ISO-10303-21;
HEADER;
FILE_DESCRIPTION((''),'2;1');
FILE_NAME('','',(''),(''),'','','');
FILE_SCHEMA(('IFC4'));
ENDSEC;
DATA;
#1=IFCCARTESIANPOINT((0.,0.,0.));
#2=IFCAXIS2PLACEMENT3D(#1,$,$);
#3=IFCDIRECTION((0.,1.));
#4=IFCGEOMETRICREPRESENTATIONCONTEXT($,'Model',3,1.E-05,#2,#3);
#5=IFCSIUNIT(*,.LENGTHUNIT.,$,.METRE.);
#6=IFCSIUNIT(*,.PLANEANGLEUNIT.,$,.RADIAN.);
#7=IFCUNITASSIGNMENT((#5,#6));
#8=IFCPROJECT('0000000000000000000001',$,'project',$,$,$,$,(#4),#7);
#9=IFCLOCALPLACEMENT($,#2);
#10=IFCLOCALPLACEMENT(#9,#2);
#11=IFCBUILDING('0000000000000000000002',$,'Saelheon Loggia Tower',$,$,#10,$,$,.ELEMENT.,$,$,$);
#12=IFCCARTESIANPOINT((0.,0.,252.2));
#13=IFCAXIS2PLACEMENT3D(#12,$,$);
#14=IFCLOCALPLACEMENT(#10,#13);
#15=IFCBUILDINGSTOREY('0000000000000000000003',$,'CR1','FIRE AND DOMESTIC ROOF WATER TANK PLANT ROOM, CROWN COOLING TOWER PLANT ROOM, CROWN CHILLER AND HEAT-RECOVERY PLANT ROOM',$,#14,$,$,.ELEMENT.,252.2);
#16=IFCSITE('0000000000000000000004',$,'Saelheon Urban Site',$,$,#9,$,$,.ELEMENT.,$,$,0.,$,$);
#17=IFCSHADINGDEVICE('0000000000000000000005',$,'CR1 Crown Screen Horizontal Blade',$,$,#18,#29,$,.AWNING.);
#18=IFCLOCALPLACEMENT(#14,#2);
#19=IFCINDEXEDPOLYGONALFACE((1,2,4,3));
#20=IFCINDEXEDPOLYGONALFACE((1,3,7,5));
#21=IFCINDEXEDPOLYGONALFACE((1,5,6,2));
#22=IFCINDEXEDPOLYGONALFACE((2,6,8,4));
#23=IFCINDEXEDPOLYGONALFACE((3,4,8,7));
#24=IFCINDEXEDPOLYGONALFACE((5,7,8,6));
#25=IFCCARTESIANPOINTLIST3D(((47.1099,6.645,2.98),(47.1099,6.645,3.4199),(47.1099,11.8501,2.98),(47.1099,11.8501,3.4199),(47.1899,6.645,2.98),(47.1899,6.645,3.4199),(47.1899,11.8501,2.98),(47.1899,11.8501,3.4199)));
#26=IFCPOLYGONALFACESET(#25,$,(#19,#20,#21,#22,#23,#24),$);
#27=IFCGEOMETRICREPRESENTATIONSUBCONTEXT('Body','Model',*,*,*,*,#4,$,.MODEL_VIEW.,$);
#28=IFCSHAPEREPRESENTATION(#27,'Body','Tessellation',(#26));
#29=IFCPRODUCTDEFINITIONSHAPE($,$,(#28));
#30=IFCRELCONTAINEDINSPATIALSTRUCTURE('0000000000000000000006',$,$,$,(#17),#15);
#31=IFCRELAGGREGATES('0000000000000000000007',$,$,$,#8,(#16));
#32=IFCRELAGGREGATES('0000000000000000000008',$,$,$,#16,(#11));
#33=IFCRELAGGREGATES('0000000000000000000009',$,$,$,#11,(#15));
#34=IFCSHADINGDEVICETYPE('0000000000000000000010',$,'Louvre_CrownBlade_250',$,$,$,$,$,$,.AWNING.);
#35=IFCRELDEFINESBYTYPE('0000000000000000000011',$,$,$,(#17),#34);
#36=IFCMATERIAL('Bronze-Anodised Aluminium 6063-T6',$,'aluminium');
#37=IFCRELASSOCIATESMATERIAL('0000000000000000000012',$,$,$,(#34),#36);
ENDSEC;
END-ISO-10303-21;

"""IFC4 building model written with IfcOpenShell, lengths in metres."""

from ifc_helpers import new_model, si_unit, direction, frame, origin, origin_2d, place, context, subcontext, project, spatial, rectangle, extrude, source, transform, mapped, material, material_profile, profile_set, type_object, element, save


model = new_model("IFC4")

# Units and contexts
model_context = context("Model", 3, precision=1e-05, world=origin(), true_north=direction((0.0, 1.0)))
body_context = subcontext(model_context, "Body", "Model", "MODEL_VIEW")
ifc_project = project(units=[si_unit("LENGTHUNIT", "METRE"), si_unit("PLANEANGLEUNIT", "RADIAN")], contexts=[model_context])

# Site, building, storey
site_placement = place(None, origin())
site = spatial("IfcSite", under=ifc_project, at=site_placement, Name="Saelheon Urban Site", CompositionType="ELEMENT", RefElevation=0.0)
building_placement = place(site_placement, origin())
building = spatial("IfcBuilding", under=site, at=building_placement, Name="Saelheon Loggia Tower", CompositionType="ELEMENT")
storey_placement = place(building_placement, frame((0.0, 0.0, 252.2)))
storey = spatial("IfcBuildingStorey", under=building, at=storey_placement, Name="CR1", Description="FIRE AND DOMESTIC ROOF WATER TANK PLANT ROOM, CROWN COOLING TOWER PLANT ROOM, CROWN CHILLER AND HEAT-RECOVERY PLANT ROOM", CompositionType="ELEMENT", Elevation=252.2)

# Shared definitions
ifc_material_1 = material(Name="Bronze-Anodised Aluminium 6063-T6", Category="aluminium")

# Shading device
ifc_material_profile_1 = material_profile(ifc_material_1, rectangle(XDim=0.0801, YDim=0.4399, at=origin_2d()), Name="Louvre_CrownBlade_250")
ifc_profile_set_1 = profile_set([ifc_material_profile_1], Name="Bronze-Anodised Aluminium 6063-T6")
shading_device_type = type_object("IfcShadingDeviceType", Name="Louvre_CrownBlade_250", PredefinedType="AWNING", material=ifc_profile_set_1)
shared_shape_1 = source(origin(), body_context, "Body", "SweptSolid", [
    extrude(rectangle(XDim=0.0801, YDim=0.4399, at=origin_2d()), origin(), (0.0, 0.0, 1.0), 5.2051),
])
for number, where, z_axis, x_axis, name in (
    (1, (47.1499, 6.645, 3.2), (0.0, 1.0, 0.0), (-1.0, 0.0, 0.0), "CR1 Crown Screen Horizontal Blade"),
):
    element("IfcShadingDevice", number, at=place(storey_placement, frame(where, z_axis=z_axis, x_axis=x_axis)), inside=storey, type_object=shading_device_type, Name=name, PredefinedType="AWNING", context=body_context, shape_type="MappedRepresentation", body=[
        mapped(shared_shape_1, transform((0.0, 0.0, 0.0), scale=1.0)),
    ])

save(model, "model.ifc")
